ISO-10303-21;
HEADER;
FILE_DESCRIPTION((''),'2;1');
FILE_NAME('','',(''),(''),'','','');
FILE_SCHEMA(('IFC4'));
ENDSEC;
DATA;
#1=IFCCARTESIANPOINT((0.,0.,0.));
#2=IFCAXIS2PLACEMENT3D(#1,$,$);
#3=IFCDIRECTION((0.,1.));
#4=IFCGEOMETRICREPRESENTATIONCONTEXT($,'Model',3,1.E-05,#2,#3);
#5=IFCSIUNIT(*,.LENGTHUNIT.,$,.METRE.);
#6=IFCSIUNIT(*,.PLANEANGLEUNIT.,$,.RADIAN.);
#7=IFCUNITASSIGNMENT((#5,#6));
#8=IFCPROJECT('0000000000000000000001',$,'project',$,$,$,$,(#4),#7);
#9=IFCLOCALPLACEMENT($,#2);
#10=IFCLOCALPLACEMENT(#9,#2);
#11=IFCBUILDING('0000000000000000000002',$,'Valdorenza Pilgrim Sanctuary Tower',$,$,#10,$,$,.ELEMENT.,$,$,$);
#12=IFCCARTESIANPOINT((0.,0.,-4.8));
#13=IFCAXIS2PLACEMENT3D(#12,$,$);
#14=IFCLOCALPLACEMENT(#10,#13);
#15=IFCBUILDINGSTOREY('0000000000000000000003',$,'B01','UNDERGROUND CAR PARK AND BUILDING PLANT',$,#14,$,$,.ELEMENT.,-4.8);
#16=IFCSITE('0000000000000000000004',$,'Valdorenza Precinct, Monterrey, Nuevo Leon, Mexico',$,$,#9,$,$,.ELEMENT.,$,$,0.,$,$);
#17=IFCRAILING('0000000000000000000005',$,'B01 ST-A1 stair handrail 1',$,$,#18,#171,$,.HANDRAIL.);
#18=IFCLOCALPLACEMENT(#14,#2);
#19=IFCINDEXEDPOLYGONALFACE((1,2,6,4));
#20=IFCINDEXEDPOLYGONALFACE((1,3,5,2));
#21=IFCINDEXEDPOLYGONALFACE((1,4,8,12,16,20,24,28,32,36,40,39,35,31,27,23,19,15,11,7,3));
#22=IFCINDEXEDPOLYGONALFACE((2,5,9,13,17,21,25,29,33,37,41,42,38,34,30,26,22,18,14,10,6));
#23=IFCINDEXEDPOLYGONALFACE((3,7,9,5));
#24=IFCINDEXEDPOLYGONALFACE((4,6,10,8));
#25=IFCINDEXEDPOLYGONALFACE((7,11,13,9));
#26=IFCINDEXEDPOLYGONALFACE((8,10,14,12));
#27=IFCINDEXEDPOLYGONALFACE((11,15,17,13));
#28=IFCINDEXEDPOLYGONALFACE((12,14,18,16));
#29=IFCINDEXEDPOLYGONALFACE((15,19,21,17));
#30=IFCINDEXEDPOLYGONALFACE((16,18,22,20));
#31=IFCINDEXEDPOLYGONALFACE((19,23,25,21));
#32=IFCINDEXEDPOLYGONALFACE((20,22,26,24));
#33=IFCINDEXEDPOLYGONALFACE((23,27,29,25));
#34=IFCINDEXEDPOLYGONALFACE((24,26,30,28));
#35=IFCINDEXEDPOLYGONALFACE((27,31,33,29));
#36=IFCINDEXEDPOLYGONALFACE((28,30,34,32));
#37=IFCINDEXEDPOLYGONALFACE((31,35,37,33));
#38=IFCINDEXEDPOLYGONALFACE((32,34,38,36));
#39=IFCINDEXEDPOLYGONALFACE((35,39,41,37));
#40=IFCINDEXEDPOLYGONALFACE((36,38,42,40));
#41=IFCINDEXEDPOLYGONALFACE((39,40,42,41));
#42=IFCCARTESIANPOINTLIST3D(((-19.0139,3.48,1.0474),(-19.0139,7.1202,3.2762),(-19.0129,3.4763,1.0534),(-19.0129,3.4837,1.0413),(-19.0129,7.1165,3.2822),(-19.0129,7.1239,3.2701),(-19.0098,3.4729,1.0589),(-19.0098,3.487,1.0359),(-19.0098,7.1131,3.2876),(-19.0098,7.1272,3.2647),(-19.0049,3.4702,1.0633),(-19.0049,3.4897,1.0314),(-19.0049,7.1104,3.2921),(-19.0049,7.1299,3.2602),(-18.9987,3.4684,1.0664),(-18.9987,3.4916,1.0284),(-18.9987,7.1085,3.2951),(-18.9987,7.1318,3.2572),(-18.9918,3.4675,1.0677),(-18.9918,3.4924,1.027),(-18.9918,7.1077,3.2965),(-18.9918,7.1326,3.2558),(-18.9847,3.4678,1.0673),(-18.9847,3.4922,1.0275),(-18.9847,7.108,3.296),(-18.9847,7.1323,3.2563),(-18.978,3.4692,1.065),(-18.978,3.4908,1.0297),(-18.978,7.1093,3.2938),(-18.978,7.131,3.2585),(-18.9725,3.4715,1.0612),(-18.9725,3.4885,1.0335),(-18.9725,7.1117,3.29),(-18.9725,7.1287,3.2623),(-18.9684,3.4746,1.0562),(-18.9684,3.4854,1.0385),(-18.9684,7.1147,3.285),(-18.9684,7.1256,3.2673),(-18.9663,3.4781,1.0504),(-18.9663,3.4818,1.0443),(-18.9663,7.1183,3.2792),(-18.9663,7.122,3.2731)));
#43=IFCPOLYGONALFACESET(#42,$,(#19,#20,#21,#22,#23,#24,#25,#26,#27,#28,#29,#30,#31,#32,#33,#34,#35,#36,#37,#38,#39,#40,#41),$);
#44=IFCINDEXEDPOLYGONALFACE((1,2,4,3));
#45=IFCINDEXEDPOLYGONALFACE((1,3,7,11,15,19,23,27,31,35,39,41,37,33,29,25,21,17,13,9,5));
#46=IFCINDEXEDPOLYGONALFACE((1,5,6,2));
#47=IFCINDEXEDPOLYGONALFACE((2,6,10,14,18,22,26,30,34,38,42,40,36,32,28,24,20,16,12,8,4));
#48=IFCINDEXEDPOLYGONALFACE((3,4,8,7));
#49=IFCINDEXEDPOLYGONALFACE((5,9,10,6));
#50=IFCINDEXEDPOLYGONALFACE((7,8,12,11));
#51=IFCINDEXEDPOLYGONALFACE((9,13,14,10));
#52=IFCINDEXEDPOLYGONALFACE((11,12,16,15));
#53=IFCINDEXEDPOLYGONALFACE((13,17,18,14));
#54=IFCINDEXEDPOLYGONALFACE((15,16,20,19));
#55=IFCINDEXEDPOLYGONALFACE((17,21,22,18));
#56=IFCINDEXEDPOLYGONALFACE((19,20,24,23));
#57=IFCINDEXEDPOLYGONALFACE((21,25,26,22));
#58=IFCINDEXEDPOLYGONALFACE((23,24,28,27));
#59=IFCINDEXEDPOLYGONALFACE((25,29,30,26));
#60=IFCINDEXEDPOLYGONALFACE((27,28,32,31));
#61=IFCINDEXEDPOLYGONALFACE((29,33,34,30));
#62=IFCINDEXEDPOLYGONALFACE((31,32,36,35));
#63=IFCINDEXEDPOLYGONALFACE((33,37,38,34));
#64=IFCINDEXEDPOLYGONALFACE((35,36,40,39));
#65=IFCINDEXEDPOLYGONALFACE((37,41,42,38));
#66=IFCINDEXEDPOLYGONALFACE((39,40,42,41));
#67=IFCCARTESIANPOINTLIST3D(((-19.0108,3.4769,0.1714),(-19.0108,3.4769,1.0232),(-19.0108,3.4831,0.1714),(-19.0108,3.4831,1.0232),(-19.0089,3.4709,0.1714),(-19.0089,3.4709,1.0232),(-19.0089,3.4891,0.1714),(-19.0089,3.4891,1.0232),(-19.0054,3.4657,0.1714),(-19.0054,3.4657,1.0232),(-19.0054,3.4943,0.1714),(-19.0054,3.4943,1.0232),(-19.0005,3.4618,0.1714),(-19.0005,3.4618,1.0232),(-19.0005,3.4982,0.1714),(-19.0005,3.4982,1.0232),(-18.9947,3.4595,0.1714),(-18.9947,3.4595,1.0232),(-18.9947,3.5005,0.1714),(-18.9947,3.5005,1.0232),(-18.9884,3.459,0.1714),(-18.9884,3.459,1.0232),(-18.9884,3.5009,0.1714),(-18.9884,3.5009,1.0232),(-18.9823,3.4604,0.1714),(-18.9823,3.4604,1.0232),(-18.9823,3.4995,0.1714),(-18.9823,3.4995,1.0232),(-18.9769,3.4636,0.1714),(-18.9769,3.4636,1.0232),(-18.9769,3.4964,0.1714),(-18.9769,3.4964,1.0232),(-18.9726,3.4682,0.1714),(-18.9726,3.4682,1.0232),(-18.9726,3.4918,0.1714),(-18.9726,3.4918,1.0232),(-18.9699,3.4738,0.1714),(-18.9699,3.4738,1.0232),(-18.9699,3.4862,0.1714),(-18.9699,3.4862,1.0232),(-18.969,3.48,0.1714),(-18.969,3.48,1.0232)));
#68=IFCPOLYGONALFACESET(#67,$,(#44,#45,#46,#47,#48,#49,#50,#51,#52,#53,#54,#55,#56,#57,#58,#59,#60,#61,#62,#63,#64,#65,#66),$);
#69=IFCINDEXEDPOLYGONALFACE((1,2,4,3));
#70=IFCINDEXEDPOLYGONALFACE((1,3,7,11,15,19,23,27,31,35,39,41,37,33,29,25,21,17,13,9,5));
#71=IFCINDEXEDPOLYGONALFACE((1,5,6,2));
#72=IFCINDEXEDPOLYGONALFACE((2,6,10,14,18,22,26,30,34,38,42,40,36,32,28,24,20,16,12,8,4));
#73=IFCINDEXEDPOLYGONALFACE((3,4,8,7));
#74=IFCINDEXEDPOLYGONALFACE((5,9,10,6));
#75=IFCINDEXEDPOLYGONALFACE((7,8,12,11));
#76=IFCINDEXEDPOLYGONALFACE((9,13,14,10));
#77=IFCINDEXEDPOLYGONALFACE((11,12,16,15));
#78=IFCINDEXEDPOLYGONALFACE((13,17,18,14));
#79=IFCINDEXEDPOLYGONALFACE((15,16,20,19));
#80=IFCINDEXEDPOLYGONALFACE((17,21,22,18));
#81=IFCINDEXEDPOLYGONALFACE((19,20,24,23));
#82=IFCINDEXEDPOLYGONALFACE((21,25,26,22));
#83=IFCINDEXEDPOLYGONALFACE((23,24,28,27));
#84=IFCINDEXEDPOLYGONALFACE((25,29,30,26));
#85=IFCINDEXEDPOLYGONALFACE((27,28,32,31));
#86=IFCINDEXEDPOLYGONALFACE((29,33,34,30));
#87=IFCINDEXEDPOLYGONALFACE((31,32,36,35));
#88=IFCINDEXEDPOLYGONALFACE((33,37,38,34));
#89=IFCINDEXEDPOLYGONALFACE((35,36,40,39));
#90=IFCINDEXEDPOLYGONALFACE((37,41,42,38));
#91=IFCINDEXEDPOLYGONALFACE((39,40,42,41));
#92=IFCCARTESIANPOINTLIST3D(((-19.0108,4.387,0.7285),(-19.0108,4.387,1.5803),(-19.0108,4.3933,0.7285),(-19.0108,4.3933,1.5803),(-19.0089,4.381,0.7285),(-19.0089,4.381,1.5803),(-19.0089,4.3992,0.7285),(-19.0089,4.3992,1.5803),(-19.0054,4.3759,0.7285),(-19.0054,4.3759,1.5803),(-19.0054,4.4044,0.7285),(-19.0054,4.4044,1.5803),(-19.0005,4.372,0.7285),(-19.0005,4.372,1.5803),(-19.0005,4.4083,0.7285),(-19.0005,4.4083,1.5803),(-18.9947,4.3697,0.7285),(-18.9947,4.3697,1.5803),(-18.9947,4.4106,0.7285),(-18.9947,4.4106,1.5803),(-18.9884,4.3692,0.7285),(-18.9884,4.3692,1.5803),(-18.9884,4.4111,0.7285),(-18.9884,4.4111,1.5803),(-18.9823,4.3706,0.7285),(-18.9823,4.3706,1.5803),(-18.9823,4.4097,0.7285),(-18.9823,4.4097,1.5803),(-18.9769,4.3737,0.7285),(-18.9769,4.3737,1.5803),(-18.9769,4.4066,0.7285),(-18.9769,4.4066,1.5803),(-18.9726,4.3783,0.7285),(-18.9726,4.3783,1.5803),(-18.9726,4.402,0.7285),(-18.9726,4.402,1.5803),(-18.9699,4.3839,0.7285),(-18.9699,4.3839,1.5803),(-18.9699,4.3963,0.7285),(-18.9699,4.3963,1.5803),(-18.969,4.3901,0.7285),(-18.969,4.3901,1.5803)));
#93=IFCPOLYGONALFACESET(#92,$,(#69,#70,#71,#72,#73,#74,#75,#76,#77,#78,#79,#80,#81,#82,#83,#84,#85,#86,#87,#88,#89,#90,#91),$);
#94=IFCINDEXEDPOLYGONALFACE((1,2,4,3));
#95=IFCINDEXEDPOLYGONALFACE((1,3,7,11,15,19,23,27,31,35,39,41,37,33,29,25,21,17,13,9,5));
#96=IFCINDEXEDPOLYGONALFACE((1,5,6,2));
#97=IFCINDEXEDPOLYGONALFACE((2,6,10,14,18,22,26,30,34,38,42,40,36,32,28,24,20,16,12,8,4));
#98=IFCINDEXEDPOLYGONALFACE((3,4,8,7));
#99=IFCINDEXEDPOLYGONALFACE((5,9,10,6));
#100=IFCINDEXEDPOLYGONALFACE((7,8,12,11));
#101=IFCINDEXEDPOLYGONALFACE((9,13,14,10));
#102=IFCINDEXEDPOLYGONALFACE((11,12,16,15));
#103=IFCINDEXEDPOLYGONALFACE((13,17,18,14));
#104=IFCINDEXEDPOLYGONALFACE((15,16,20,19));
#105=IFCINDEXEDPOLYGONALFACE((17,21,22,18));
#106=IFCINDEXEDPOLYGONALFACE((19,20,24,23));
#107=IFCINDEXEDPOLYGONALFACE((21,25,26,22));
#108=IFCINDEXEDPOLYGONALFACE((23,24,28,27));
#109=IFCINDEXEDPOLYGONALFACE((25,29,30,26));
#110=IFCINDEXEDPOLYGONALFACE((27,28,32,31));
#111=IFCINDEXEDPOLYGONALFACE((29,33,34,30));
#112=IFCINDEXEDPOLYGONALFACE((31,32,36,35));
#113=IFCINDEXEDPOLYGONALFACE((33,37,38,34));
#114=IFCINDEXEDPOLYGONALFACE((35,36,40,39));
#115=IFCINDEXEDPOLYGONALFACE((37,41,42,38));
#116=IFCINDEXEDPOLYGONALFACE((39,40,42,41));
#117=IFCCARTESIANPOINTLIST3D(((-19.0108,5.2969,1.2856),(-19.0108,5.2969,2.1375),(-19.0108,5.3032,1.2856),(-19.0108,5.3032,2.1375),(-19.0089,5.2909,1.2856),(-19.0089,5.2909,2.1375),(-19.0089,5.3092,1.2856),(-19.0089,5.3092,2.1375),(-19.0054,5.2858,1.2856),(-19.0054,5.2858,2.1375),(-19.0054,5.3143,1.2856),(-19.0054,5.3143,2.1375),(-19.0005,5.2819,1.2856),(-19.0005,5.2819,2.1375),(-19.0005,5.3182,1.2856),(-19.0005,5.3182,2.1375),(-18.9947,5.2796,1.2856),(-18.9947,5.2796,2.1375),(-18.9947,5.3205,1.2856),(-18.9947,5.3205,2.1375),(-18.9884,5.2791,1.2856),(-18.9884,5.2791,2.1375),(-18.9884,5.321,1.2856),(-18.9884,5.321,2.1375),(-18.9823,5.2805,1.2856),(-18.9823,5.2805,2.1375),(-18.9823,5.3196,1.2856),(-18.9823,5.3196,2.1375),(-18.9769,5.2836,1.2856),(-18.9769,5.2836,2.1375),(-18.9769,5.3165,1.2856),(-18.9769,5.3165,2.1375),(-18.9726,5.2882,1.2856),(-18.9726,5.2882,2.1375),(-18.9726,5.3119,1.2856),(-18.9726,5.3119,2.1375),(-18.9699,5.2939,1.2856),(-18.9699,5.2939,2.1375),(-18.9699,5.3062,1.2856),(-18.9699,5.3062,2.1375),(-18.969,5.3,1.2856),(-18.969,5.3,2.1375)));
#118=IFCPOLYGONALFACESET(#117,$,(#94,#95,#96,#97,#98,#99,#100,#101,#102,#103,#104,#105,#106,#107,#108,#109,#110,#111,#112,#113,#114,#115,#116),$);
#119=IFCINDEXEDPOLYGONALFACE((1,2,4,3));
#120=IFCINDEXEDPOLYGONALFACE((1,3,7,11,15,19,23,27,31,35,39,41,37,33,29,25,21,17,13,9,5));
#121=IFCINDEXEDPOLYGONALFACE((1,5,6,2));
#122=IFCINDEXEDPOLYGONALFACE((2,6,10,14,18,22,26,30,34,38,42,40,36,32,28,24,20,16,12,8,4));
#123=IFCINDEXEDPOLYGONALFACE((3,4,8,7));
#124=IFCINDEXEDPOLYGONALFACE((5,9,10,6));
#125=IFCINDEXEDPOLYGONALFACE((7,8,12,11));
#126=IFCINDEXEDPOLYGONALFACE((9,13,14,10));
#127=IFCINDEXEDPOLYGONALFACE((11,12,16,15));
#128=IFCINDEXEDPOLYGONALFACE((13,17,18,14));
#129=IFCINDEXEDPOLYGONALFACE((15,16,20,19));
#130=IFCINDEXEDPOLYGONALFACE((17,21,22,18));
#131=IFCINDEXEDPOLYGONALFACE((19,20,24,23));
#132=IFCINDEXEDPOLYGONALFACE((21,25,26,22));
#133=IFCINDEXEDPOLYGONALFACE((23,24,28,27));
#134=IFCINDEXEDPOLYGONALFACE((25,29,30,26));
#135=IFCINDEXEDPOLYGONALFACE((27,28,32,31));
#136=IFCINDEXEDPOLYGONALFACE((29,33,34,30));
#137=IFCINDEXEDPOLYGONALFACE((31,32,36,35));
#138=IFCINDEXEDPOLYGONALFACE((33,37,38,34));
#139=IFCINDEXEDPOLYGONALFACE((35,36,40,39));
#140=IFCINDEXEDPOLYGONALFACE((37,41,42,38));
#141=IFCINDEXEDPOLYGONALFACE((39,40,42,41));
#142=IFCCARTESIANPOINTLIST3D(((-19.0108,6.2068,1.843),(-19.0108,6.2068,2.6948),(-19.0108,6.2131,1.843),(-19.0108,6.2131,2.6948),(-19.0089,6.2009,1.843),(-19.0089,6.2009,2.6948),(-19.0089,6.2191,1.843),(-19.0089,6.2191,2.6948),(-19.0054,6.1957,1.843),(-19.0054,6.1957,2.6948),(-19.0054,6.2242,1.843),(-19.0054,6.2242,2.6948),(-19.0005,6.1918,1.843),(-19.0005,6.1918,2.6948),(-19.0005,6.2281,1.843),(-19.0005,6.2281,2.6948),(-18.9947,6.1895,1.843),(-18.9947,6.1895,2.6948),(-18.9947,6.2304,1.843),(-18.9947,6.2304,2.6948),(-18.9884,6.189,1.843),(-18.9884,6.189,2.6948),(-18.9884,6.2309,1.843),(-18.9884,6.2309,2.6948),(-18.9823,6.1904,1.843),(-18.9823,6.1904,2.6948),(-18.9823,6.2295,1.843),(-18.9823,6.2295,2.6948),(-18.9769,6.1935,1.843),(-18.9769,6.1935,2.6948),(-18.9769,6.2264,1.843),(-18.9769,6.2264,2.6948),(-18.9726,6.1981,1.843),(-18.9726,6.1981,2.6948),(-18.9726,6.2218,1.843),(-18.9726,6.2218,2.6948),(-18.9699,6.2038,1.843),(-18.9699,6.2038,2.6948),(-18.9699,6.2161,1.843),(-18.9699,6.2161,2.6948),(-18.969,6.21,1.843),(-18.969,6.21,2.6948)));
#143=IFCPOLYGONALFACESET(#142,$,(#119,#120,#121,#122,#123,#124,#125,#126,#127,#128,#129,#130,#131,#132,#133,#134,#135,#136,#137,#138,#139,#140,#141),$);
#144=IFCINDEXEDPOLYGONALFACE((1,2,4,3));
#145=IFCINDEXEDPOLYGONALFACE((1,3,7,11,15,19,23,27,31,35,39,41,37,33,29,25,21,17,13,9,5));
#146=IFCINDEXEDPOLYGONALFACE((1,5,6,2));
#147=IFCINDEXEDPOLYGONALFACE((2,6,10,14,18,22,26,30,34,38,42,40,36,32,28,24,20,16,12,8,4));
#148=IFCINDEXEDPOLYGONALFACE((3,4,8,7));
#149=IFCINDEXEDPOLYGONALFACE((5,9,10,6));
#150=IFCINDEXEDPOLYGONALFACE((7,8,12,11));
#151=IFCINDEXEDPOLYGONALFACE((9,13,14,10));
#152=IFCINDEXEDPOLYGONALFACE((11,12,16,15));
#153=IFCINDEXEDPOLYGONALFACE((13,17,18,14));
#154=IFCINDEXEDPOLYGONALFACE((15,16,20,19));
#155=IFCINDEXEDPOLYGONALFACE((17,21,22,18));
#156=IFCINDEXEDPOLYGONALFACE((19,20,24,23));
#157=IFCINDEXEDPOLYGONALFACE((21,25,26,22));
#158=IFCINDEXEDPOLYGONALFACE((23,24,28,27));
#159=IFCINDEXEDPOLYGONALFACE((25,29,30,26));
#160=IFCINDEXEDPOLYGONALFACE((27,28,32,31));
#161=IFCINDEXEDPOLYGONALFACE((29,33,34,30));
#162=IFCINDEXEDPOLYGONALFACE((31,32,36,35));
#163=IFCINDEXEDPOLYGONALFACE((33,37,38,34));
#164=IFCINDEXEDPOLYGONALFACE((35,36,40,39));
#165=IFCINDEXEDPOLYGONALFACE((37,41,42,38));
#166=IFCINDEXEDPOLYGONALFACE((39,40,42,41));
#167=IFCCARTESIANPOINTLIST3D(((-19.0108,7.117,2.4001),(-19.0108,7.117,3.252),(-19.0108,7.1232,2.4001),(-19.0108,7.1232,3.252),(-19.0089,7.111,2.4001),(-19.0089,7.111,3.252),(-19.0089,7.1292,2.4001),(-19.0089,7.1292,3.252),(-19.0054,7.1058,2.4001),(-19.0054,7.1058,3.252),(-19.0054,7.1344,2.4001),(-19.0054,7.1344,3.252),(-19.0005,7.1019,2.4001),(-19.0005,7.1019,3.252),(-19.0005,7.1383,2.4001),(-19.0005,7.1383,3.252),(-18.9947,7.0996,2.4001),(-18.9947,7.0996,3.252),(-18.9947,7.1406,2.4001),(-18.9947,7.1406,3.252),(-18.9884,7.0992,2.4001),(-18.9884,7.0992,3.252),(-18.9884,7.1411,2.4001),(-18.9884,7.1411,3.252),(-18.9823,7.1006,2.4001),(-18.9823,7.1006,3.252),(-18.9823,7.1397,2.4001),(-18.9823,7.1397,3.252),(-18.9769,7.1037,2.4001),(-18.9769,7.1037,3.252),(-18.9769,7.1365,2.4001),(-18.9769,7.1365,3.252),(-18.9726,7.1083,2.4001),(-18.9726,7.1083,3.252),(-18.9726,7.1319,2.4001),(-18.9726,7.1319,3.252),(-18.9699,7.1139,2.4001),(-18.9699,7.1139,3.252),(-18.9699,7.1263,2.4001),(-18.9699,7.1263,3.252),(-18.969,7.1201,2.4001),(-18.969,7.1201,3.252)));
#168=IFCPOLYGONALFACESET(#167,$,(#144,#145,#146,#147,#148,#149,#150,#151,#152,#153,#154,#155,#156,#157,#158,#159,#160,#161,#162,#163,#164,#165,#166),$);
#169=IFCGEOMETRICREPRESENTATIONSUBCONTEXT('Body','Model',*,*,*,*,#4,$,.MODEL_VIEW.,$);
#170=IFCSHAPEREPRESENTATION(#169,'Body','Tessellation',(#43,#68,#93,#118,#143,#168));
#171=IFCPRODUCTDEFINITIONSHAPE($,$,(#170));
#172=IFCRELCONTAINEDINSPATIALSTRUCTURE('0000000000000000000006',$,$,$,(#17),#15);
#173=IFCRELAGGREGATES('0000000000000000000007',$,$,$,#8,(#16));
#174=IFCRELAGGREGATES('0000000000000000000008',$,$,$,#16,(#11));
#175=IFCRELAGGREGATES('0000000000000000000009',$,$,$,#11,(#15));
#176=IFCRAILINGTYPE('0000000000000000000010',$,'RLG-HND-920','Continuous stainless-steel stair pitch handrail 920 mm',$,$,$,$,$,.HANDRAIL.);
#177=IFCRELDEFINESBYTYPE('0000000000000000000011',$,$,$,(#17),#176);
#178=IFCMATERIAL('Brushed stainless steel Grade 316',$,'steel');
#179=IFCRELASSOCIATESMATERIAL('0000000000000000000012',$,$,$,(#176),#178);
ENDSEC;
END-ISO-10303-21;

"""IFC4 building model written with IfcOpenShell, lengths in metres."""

from ifc_helpers import new_model, si_unit, direction, frame, origin, origin_2d, place, context, subcontext, project, spatial, circle, extrude, material, type_object, element, save


model = new_model("IFC4")

# Units and contexts
model_context = context("Model", 3, precision=1e-05, world=origin(), true_north=direction((0.0, 1.0)))
body_context = subcontext(model_context, "Body", "Model", "MODEL_VIEW")
ifc_project = project(units=[si_unit("LENGTHUNIT", "METRE"), si_unit("PLANEANGLEUNIT", "RADIAN")], contexts=[model_context])

# Site, building, storey
site_placement = place(None, origin())
site = spatial("IfcSite", under=ifc_project, at=site_placement, Name="Valdorenza Precinct, Monterrey, Nuevo Leon, Mexico", CompositionType="ELEMENT", RefElevation=0.0)
building_placement = place(site_placement, origin())
building = spatial("IfcBuilding", under=site, at=building_placement, Name="Valdorenza Pilgrim Sanctuary Tower", CompositionType="ELEMENT")
storey_placement = place(building_placement, frame((0.0, 0.0, -4.8)))
storey = spatial("IfcBuildingStorey", under=building, at=storey_placement, Name="B01", Description="UNDERGROUND CAR PARK AND BUILDING PLANT", CompositionType="ELEMENT", Elevation=-4.8)

# Shared definitions
ifc_material_1 = material(Name="Brushed stainless steel Grade 316", Category="steel")

# Railing
railing_type_1 = type_object("IfcRailingType", Name="RLG-HND-920", Description="Continuous stainless-steel stair pitch handrail 920 mm", PredefinedType="HANDRAIL", material=ifc_material_1)
railing_1_placement = place(storey_placement, frame((-18.99, 3.48, 0.1714)))
element("IfcRailing", 1, at=railing_1_placement, inside=storey, type_object=railing_type_1, Name="B01 ST-A1 stair handrail 1", PredefinedType="HANDRAIL", context=body_context, shape_type="SweptSolid", body=[
    extrude(circle(Radius=0.0239, at=origin_2d()), frame((0.0, 0.0, 0.876), z_axis=(0.0, 0.85284, 0.522172), x_axis=(-1.0, 0.0, 0.0)), (0.0, 0.0, 1.0), 4.2683),
    extrude(circle(Radius=0.021, at=origin_2d()), origin(), (0.0, 0.0, 1.0), 0.8518),
    extrude(circle(Radius=0.021, at=origin_2d()), frame((0.0, 0.9102, 0.5571)), (0.0, 0.0, 1.0), 0.8518),
    extrude(circle(Radius=0.021, at=origin_2d()), frame((0.0, 1.8201, 1.1143)), (0.0, 0.0, 1.0), 0.8518),
    extrude(circle(Radius=0.021, at=origin_2d()), frame((0.0, 2.73, 1.6716)), (0.0, 0.0, 1.0), 0.8518),
    extrude(circle(Radius=0.021, at=origin_2d()), frame((0.0, 3.6401, 2.2288)), (0.0, 0.0, 1.0), 0.8518),
])

save(model, "model.ifc")
